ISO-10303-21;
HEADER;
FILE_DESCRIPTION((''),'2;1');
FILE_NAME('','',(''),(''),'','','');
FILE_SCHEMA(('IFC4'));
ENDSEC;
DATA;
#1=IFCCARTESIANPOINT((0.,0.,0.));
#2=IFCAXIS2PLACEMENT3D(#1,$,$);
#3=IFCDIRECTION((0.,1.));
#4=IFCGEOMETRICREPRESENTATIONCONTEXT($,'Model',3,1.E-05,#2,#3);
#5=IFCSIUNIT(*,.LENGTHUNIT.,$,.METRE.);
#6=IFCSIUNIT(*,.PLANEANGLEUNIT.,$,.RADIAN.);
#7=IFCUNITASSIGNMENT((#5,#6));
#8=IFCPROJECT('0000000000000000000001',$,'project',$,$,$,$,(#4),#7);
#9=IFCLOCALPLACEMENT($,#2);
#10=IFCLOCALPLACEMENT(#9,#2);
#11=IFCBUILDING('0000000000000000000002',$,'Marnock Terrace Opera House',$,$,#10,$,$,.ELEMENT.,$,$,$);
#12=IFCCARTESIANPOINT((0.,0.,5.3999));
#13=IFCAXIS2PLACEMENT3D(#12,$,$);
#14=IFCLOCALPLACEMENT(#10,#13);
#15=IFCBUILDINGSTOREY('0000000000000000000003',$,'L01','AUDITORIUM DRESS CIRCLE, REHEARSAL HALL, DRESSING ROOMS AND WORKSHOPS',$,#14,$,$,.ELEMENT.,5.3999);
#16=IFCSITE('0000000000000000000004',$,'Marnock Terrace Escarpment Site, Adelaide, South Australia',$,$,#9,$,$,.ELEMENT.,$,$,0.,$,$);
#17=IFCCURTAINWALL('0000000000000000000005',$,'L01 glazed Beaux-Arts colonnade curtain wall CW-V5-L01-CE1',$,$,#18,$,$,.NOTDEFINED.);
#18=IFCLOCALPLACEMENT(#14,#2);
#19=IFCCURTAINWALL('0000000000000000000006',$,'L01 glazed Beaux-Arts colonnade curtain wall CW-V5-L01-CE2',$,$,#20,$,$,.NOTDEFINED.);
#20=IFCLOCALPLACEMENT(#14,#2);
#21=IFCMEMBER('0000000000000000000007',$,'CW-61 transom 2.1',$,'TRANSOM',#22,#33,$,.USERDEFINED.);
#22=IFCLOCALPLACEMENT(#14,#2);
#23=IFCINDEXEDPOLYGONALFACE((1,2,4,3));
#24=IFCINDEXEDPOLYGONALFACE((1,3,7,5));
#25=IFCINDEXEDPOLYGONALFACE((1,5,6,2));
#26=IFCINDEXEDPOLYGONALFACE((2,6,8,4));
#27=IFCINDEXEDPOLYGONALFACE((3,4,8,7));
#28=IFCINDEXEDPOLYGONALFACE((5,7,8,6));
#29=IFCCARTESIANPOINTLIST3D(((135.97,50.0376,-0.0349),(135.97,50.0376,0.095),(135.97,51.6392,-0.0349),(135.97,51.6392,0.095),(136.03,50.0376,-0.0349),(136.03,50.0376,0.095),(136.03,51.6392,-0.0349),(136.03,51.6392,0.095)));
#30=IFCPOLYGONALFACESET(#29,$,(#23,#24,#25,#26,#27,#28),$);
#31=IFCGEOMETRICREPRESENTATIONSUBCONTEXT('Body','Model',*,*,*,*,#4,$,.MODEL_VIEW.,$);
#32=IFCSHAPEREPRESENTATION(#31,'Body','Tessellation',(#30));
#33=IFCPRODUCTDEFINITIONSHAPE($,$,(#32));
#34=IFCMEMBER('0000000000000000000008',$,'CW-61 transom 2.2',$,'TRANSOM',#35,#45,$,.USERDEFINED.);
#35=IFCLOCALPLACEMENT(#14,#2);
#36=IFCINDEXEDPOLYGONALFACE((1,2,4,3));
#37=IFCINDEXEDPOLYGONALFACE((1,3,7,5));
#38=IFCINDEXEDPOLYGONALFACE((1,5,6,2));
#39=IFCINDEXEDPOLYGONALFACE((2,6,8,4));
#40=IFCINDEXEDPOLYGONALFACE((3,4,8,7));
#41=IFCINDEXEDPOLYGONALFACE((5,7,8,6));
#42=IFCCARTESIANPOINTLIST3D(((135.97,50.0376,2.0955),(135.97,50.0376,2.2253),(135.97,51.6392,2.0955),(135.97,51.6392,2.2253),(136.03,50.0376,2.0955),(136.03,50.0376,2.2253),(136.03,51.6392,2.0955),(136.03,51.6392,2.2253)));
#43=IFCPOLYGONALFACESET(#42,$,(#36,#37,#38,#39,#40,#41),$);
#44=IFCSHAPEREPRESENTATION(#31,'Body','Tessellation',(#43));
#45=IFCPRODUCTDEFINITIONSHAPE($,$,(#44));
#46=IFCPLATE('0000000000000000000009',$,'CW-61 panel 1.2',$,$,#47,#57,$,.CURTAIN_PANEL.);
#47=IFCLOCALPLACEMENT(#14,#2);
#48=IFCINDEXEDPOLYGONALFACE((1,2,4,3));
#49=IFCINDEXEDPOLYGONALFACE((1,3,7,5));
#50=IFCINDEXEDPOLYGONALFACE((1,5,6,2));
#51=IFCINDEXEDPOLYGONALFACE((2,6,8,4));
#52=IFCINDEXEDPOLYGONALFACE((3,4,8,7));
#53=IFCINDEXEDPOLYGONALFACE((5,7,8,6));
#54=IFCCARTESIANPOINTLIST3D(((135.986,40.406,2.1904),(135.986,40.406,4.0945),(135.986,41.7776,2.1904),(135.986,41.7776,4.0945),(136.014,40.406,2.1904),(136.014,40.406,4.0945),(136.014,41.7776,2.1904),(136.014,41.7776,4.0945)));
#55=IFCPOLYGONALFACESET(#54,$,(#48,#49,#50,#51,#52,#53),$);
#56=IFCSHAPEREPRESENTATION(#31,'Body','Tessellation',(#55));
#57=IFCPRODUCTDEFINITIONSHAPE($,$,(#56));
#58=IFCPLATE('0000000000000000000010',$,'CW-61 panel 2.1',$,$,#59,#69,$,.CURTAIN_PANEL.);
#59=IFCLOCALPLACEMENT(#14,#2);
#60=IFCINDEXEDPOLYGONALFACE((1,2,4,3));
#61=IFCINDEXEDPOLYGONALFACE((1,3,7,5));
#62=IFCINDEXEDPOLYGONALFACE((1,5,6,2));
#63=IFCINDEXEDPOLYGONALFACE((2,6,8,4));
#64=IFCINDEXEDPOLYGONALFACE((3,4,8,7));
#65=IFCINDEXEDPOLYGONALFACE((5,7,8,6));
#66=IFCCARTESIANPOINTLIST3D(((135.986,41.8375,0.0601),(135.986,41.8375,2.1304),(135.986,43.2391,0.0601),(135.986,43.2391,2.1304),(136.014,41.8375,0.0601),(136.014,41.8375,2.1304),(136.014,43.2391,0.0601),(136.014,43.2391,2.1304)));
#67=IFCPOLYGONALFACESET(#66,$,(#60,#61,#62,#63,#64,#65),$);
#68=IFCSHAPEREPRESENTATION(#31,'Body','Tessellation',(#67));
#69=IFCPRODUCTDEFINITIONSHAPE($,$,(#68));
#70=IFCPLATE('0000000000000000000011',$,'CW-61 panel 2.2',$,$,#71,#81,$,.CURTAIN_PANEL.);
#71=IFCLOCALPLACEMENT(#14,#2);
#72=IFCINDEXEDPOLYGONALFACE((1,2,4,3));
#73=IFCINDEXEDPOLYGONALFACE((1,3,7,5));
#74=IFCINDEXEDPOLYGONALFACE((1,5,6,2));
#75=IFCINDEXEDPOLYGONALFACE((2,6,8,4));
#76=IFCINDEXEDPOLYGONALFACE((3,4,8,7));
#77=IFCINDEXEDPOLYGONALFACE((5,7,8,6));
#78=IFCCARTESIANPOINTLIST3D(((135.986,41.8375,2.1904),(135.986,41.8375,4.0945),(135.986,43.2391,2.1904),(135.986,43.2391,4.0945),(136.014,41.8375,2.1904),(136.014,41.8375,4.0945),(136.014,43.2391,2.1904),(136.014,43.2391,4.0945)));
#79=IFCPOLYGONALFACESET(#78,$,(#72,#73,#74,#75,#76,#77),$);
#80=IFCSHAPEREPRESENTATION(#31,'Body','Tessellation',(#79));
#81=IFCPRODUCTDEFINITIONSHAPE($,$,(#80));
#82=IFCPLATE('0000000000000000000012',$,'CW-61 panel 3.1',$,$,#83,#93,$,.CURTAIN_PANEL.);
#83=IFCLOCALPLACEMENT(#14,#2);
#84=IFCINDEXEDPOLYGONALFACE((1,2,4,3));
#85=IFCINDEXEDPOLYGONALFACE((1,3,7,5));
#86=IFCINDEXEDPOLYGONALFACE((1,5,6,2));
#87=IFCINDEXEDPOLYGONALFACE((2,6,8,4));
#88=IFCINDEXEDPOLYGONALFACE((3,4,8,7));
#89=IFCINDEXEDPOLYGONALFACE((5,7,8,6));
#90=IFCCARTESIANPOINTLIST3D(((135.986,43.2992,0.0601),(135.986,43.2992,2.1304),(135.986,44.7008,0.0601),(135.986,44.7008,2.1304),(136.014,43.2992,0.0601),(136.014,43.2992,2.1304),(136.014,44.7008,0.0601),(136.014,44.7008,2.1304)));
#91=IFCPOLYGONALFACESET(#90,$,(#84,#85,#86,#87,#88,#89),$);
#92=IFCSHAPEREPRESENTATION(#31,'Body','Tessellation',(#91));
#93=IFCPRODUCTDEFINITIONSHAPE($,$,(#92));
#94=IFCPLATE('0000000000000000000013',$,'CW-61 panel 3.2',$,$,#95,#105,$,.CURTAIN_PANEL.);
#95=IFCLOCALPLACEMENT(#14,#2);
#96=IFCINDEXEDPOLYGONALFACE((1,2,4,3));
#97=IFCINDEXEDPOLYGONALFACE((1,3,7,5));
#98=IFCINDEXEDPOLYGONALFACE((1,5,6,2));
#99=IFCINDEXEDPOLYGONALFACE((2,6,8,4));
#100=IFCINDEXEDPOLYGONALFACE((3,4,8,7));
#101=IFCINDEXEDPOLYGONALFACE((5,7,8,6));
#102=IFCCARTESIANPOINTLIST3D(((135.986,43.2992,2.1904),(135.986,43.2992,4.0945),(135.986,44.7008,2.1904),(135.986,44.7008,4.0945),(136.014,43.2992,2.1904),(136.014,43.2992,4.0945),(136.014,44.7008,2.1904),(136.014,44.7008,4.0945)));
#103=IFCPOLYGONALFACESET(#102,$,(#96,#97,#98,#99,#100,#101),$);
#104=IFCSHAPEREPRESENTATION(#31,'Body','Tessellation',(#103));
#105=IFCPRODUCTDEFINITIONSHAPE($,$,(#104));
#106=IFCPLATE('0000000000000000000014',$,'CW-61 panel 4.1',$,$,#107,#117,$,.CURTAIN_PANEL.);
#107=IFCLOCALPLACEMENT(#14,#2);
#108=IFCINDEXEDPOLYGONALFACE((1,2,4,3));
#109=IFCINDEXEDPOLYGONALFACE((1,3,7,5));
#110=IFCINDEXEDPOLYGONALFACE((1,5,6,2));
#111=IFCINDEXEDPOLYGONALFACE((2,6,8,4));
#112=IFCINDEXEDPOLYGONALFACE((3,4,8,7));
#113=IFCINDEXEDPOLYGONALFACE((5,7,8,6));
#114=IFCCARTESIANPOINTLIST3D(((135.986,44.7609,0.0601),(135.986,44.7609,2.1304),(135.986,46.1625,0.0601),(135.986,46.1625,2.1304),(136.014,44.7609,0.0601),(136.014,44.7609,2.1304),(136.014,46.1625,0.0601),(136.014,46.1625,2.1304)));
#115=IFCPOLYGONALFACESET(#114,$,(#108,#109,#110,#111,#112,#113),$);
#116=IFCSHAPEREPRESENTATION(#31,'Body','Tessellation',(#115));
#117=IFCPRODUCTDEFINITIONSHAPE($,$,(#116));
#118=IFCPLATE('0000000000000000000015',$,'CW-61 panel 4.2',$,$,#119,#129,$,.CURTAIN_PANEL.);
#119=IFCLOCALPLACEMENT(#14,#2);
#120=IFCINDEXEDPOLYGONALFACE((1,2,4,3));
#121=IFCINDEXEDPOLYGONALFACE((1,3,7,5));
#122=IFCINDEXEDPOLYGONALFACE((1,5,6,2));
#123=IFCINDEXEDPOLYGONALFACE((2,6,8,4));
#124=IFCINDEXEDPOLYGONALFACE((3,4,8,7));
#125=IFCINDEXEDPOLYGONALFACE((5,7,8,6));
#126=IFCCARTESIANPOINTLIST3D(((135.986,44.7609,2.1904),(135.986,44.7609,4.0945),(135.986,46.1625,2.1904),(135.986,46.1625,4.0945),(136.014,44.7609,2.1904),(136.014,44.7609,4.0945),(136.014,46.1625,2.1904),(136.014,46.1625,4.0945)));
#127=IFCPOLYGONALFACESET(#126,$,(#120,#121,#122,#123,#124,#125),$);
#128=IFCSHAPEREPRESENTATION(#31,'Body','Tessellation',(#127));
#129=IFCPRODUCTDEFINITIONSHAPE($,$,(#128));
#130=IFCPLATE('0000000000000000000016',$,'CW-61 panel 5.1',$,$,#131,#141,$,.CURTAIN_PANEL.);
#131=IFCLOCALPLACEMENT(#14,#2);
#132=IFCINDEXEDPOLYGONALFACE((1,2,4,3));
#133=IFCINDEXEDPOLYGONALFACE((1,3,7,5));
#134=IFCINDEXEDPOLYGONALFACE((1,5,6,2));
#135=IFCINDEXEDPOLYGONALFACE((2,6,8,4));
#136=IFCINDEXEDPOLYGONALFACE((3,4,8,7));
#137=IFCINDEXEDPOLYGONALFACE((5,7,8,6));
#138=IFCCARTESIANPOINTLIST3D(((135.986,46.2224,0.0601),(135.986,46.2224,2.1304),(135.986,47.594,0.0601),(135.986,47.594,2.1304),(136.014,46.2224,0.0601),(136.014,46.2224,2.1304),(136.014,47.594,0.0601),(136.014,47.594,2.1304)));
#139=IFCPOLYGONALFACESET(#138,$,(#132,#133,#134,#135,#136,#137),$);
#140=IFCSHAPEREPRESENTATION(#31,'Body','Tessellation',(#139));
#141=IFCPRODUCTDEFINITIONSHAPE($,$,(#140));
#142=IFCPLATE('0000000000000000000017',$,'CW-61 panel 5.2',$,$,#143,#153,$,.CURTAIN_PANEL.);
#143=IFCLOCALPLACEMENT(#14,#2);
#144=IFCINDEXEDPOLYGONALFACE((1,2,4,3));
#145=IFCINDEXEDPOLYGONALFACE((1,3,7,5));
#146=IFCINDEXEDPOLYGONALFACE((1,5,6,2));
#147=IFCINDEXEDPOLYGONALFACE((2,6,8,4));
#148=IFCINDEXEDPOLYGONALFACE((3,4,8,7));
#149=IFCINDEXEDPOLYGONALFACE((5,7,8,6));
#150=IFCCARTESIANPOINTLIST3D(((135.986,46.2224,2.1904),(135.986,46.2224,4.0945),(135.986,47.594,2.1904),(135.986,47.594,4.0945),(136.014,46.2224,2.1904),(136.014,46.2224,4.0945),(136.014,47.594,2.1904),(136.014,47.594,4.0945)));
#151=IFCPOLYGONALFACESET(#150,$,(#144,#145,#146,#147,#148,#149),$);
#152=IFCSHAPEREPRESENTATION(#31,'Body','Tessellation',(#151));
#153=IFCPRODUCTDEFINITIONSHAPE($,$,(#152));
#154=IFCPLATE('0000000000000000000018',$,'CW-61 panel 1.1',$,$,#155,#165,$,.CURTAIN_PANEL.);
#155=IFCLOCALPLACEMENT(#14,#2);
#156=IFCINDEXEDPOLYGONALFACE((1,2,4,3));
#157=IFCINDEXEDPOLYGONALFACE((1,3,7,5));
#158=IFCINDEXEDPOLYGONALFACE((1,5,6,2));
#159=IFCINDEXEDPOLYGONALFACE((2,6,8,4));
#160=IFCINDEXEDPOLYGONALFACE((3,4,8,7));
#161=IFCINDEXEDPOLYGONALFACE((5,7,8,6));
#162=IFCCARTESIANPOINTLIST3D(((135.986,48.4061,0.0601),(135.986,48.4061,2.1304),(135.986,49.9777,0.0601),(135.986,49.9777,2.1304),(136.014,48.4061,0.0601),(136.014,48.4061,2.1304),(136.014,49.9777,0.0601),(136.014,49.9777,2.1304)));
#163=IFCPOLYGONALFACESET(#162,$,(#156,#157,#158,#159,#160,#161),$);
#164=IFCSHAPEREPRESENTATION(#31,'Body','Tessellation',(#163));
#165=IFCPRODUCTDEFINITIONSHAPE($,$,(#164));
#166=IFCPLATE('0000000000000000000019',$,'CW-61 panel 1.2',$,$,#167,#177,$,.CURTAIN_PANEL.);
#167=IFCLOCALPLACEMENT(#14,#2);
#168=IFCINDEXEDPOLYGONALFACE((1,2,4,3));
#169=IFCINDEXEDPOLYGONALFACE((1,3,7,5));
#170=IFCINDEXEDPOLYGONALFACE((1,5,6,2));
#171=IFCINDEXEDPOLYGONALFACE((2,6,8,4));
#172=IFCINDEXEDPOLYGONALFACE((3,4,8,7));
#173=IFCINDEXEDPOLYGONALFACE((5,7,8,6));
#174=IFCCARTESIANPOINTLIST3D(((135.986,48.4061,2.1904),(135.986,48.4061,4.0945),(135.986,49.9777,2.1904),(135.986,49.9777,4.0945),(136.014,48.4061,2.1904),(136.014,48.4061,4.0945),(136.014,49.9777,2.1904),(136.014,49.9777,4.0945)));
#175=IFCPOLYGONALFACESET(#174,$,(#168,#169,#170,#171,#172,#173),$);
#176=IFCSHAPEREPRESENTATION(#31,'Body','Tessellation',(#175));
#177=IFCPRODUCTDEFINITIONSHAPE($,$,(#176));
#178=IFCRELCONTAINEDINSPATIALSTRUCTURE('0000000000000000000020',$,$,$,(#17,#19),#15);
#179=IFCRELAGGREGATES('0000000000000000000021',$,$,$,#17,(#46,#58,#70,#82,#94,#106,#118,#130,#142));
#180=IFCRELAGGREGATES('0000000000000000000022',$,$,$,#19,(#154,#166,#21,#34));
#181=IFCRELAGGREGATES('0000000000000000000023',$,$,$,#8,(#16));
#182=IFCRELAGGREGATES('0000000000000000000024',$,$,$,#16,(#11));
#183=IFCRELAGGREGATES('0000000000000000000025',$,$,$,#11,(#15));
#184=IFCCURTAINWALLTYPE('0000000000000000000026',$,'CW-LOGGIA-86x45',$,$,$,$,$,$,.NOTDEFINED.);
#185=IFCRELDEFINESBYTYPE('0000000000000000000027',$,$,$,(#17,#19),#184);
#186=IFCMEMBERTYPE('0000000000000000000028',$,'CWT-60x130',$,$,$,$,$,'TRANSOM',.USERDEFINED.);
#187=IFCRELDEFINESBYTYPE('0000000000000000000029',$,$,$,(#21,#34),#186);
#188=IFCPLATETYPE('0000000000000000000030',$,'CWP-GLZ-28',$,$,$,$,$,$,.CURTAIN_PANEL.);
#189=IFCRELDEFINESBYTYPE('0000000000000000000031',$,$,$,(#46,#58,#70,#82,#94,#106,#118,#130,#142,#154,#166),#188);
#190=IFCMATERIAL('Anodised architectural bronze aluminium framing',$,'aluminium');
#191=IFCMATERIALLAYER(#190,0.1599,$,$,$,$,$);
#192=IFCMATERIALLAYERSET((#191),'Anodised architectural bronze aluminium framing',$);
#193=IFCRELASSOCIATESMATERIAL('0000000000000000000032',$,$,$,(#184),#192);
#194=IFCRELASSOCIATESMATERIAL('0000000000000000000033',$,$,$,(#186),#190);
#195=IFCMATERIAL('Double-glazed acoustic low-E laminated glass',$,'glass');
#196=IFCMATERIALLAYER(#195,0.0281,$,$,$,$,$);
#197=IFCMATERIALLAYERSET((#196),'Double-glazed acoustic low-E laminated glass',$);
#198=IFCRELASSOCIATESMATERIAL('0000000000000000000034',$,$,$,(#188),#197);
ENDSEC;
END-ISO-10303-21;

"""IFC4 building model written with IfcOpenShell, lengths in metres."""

from ifc_helpers import new_model, si_unit, direction, frame, origin, origin_2d, place, context, subcontext, project, spatial, rectangle, extrude, material, layer, layer_set, material_profile, profile_set, type_object, element, aggregate, save


model = new_model("IFC4")

# Units and contexts
model_context = context("Model", 3, precision=1e-05, world=origin(), true_north=direction((0.0, 1.0)))
body_context = subcontext(model_context, "Body", "Model", "MODEL_VIEW")
ifc_project = project(units=[si_unit("LENGTHUNIT", "METRE"), si_unit("PLANEANGLEUNIT", "RADIAN")], contexts=[model_context])

# Site, building, storey
site_placement = place(None, origin())
site = spatial("IfcSite", under=ifc_project, at=site_placement, Name="Marnock Terrace Escarpment Site, Adelaide, South Australia", CompositionType="ELEMENT", RefElevation=0.0)
building_placement = place(site_placement, origin())
building = spatial("IfcBuilding", under=site, at=building_placement, Name="Marnock Terrace Opera House", CompositionType="ELEMENT")
storey_placement = place(building_placement, frame((0.0, 0.0, 5.3999)))
storey = spatial("IfcBuildingStorey", under=building, at=storey_placement, Name="L01", Description="AUDITORIUM DRESS CIRCLE, REHEARSAL HALL, DRESSING ROOMS AND WORKSHOPS", CompositionType="ELEMENT", Elevation=5.3999)

# Curtain walls
ifc_material_1 = material(Name="Anodised architectural bronze aluminium framing", Category="aluminium")
ifc_layer_1 = layer(ifc_material_1, 0.1599)
ifc_layer_set_1 = layer_set([ifc_layer_1], Name="Anodised architectural bronze aluminium framing")
curtain_wall_type = type_object("IfcCurtainWallType", Name="CW-LOGGIA-86x45", PredefinedType="NOTDEFINED", material=ifc_layer_set_1)
curtain_wall_1_placement = place(storey_placement, origin())
curtain_wall_1 = element("IfcCurtainWall", 1, at=curtain_wall_1_placement, inside=storey, type_object=curtain_wall_type, Name="L01 glazed Beaux-Arts colonnade curtain wall CW-V5-L01-CE1", PredefinedType="NOTDEFINED")
curtain_wall_2_placement = place(storey_placement, origin())
curtain_wall_2 = element("IfcCurtainWall", 2, at=curtain_wall_2_placement, inside=storey, type_object=curtain_wall_type, Name="L01 glazed Beaux-Arts colonnade curtain wall CW-V5-L01-CE2", PredefinedType="NOTDEFINED")

# Members
ifc_material_profile_1 = material_profile(ifc_material_1, rectangle(XDim=0.0601, YDim=0.1299, at=origin_2d()))
ifc_profile_set_1 = profile_set([ifc_material_profile_1], Name="Anodised architectural bronze aluminium framing")
member_type_1 = type_object("IfcMemberType", Name="CWT-60x130", ElementType="TRANSOM", PredefinedType="USERDEFINED", material=ifc_profile_set_1)
member_1_placement = place(storey_placement, frame((136.0, 50.0376, 0.03), z_axis=(0.0, 1.0, 0.0), x_axis=(-1.0, 0.0, 0.0)))
member_1 = element("IfcMember", 3, at=member_1_placement, type_object=member_type_1, Name="CW-61 transom 2.1", ObjectType="TRANSOM", PredefinedType="USERDEFINED", context=body_context, shape_type="SweptSolid", body=[
    extrude(rectangle(XDim=0.0601, YDim=0.1299, at=origin_2d()), origin(), (0.0, 0.0, 1.0), 1.6016),
])
member_2_placement = place(storey_placement, frame((136.0, 50.0376, 2.1604), z_axis=(0.0, 1.0, 0.0), x_axis=(-1.0, 0.0, 0.0)))
member_2 = element("IfcMember", 4, at=member_2_placement, type_object=member_type_1, Name="CW-61 transom 2.2", ObjectType="TRANSOM", PredefinedType="USERDEFINED", context=body_context, shape_type="SweptSolid", body=[
    extrude(rectangle(XDim=0.0601, YDim=0.1299, at=origin_2d()), origin(), (0.0, 0.0, 1.0), 1.6016),
])

# Plates
ifc_material_2 = material(Name="Double-glazed acoustic low-E laminated glass", Category="glass")
ifc_layer_2 = layer(ifc_material_2, 0.0281)
ifc_layer_set_2 = layer_set([ifc_layer_2], Name="Double-glazed acoustic low-E laminated glass")
plate_type = type_object("IfcPlateType", Name="CWP-GLZ-28", PredefinedType="CURTAIN_PANEL", material=ifc_layer_set_2)
plate_1_placement = place(storey_placement, frame((136.0, 41.0918, 2.1904), z_axis=(0.0, 0.0, 1.0), x_axis=(0.0, 1.0, 0.0)))
plate_1 = element("IfcPlate", 5, at=plate_1_placement, type_object=plate_type, Name="CW-61 panel 1.2", PredefinedType="CURTAIN_PANEL", context=body_context, shape_type="SweptSolid", body=[
    extrude(rectangle(XDim=1.3716, YDim=0.0281, at=origin_2d()), origin(), (0.0, 0.0, 1.0), 1.9041),
])
plate_2_placement = place(storey_placement, frame((136.0, 42.5383, 0.0601), z_axis=(0.0, 0.0, 1.0), x_axis=(0.0, 1.0, 0.0)))
plate_2 = element("IfcPlate", 6, at=plate_2_placement, type_object=plate_type, Name="CW-61 panel 2.1", PredefinedType="CURTAIN_PANEL", context=body_context, shape_type="SweptSolid", body=[
    extrude(rectangle(XDim=1.4016, YDim=0.0281, at=origin_2d()), origin(), (0.0, 0.0, 1.0), 2.0703),
])
plate_3_placement = place(storey_placement, frame((136.0, 42.5383, 2.1904), z_axis=(0.0, 0.0, 1.0), x_axis=(0.0, 1.0, 0.0)))
plate_3 = element("IfcPlate", 7, at=plate_3_placement, type_object=plate_type, Name="CW-61 panel 2.2", PredefinedType="CURTAIN_PANEL", context=body_context, shape_type="SweptSolid", body=[
    extrude(rectangle(XDim=1.4016, YDim=0.0281, at=origin_2d()), origin(), (0.0, 0.0, 1.0), 1.9041),
])
plate_4_placement = place(storey_placement, frame((136.0, 44.0, 0.0601), z_axis=(0.0, 0.0, 1.0), x_axis=(0.0, 1.0, 0.0)))
plate_4 = element("IfcPlate", 8, at=plate_4_placement, type_object=plate_type, Name="CW-61 panel 3.1", PredefinedType="CURTAIN_PANEL", context=body_context, shape_type="SweptSolid", body=[
    extrude(rectangle(XDim=1.4016, YDim=0.0281, at=origin_2d()), origin(), (0.0, 0.0, 1.0), 2.0703),
])
plate_5_placement = place(storey_placement, frame((136.0, 44.0, 2.1904), z_axis=(0.0, 0.0, 1.0), x_axis=(0.0, 1.0, 0.0)))
plate_5 = element("IfcPlate", 9, at=plate_5_placement, type_object=plate_type, Name="CW-61 panel 3.2", PredefinedType="CURTAIN_PANEL", context=body_context, shape_type="SweptSolid", body=[
    extrude(rectangle(XDim=1.4016, YDim=0.0281, at=origin_2d()), origin(), (0.0, 0.0, 1.0), 1.9041),
])
plate_6_placement = place(storey_placement, frame((136.0, 45.4617, 0.0601), z_axis=(0.0, 0.0, 1.0), x_axis=(0.0, 1.0, 0.0)))
plate_6 = element("IfcPlate", 10, at=plate_6_placement, type_object=plate_type, Name="CW-61 panel 4.1", PredefinedType="CURTAIN_PANEL", context=body_context, shape_type="SweptSolid", body=[
    extrude(rectangle(XDim=1.4016, YDim=0.0281, at=origin_2d()), origin(), (0.0, 0.0, 1.0), 2.0703),
])
plate_7_placement = place(storey_placement, frame((136.0, 45.4617, 2.1904), z_axis=(0.0, 0.0, 1.0), x_axis=(0.0, 1.0, 0.0)))
plate_7 = element("IfcPlate", 11, at=plate_7_placement, type_object=plate_type, Name="CW-61 panel 4.2", PredefinedType="CURTAIN_PANEL", context=body_context, shape_type="SweptSolid", body=[
    extrude(rectangle(XDim=1.4016, YDim=0.0281, at=origin_2d()), origin(), (0.0, 0.0, 1.0), 1.9041),
])
plate_8_placement = place(storey_placement, frame((136.0, 46.9082, 0.0601), z_axis=(0.0, 0.0, 1.0), x_axis=(0.0, 1.0, 0.0)))
plate_8 = element("IfcPlate", 12, at=plate_8_placement, type_object=plate_type, Name="CW-61 panel 5.1", PredefinedType="CURTAIN_PANEL", context=body_context, shape_type="SweptSolid", body=[
    extrude(rectangle(XDim=1.3716, YDim=0.0281, at=origin_2d()), origin(), (0.0, 0.0, 1.0), 2.0703),
])
plate_9_placement = place(storey_placement, frame((136.0, 46.9082, 2.1904), z_axis=(0.0, 0.0, 1.0), x_axis=(0.0, 1.0, 0.0)))
plate_9 = element("IfcPlate", 13, at=plate_9_placement, type_object=plate_type, Name="CW-61 panel 5.2", PredefinedType="CURTAIN_PANEL", context=body_context, shape_type="SweptSolid", body=[
    extrude(rectangle(XDim=1.3716, YDim=0.0281, at=origin_2d()), origin(), (0.0, 0.0, 1.0), 1.9041),
])
aggregate(curtain_wall_1, [plate_1, plate_2, plate_3, plate_4, plate_5, plate_6, plate_7, plate_8, plate_9])
plate_10_placement = place(storey_placement, frame((136.0, 49.1919, 0.0601), z_axis=(0.0, 0.0, 1.0), x_axis=(0.0, 1.0, 0.0)))
plate_10 = element("IfcPlate", 14, at=plate_10_placement, type_object=plate_type, Name="CW-61 panel 1.1", PredefinedType="CURTAIN_PANEL", context=body_context, shape_type="SweptSolid", body=[
    extrude(rectangle(XDim=1.5715, YDim=0.0281, at=origin_2d()), origin(), (0.0, 0.0, 1.0), 2.0703),
])
plate_11_placement = place(storey_placement, frame((136.0, 49.1919, 2.1904), z_axis=(0.0, 0.0, 1.0), x_axis=(0.0, 1.0, 0.0)))
plate_11 = element("IfcPlate", 15, at=plate_11_placement, type_object=plate_type, Name="CW-61 panel 1.2", PredefinedType="CURTAIN_PANEL", context=body_context, shape_type="SweptSolid", body=[
    extrude(rectangle(XDim=1.5715, YDim=0.0281, at=origin_2d()), origin(), (0.0, 0.0, 1.0), 1.9041),
])
aggregate(curtain_wall_2, [plate_10, plate_11, member_1, member_2])

save(model, "model.ifc")
